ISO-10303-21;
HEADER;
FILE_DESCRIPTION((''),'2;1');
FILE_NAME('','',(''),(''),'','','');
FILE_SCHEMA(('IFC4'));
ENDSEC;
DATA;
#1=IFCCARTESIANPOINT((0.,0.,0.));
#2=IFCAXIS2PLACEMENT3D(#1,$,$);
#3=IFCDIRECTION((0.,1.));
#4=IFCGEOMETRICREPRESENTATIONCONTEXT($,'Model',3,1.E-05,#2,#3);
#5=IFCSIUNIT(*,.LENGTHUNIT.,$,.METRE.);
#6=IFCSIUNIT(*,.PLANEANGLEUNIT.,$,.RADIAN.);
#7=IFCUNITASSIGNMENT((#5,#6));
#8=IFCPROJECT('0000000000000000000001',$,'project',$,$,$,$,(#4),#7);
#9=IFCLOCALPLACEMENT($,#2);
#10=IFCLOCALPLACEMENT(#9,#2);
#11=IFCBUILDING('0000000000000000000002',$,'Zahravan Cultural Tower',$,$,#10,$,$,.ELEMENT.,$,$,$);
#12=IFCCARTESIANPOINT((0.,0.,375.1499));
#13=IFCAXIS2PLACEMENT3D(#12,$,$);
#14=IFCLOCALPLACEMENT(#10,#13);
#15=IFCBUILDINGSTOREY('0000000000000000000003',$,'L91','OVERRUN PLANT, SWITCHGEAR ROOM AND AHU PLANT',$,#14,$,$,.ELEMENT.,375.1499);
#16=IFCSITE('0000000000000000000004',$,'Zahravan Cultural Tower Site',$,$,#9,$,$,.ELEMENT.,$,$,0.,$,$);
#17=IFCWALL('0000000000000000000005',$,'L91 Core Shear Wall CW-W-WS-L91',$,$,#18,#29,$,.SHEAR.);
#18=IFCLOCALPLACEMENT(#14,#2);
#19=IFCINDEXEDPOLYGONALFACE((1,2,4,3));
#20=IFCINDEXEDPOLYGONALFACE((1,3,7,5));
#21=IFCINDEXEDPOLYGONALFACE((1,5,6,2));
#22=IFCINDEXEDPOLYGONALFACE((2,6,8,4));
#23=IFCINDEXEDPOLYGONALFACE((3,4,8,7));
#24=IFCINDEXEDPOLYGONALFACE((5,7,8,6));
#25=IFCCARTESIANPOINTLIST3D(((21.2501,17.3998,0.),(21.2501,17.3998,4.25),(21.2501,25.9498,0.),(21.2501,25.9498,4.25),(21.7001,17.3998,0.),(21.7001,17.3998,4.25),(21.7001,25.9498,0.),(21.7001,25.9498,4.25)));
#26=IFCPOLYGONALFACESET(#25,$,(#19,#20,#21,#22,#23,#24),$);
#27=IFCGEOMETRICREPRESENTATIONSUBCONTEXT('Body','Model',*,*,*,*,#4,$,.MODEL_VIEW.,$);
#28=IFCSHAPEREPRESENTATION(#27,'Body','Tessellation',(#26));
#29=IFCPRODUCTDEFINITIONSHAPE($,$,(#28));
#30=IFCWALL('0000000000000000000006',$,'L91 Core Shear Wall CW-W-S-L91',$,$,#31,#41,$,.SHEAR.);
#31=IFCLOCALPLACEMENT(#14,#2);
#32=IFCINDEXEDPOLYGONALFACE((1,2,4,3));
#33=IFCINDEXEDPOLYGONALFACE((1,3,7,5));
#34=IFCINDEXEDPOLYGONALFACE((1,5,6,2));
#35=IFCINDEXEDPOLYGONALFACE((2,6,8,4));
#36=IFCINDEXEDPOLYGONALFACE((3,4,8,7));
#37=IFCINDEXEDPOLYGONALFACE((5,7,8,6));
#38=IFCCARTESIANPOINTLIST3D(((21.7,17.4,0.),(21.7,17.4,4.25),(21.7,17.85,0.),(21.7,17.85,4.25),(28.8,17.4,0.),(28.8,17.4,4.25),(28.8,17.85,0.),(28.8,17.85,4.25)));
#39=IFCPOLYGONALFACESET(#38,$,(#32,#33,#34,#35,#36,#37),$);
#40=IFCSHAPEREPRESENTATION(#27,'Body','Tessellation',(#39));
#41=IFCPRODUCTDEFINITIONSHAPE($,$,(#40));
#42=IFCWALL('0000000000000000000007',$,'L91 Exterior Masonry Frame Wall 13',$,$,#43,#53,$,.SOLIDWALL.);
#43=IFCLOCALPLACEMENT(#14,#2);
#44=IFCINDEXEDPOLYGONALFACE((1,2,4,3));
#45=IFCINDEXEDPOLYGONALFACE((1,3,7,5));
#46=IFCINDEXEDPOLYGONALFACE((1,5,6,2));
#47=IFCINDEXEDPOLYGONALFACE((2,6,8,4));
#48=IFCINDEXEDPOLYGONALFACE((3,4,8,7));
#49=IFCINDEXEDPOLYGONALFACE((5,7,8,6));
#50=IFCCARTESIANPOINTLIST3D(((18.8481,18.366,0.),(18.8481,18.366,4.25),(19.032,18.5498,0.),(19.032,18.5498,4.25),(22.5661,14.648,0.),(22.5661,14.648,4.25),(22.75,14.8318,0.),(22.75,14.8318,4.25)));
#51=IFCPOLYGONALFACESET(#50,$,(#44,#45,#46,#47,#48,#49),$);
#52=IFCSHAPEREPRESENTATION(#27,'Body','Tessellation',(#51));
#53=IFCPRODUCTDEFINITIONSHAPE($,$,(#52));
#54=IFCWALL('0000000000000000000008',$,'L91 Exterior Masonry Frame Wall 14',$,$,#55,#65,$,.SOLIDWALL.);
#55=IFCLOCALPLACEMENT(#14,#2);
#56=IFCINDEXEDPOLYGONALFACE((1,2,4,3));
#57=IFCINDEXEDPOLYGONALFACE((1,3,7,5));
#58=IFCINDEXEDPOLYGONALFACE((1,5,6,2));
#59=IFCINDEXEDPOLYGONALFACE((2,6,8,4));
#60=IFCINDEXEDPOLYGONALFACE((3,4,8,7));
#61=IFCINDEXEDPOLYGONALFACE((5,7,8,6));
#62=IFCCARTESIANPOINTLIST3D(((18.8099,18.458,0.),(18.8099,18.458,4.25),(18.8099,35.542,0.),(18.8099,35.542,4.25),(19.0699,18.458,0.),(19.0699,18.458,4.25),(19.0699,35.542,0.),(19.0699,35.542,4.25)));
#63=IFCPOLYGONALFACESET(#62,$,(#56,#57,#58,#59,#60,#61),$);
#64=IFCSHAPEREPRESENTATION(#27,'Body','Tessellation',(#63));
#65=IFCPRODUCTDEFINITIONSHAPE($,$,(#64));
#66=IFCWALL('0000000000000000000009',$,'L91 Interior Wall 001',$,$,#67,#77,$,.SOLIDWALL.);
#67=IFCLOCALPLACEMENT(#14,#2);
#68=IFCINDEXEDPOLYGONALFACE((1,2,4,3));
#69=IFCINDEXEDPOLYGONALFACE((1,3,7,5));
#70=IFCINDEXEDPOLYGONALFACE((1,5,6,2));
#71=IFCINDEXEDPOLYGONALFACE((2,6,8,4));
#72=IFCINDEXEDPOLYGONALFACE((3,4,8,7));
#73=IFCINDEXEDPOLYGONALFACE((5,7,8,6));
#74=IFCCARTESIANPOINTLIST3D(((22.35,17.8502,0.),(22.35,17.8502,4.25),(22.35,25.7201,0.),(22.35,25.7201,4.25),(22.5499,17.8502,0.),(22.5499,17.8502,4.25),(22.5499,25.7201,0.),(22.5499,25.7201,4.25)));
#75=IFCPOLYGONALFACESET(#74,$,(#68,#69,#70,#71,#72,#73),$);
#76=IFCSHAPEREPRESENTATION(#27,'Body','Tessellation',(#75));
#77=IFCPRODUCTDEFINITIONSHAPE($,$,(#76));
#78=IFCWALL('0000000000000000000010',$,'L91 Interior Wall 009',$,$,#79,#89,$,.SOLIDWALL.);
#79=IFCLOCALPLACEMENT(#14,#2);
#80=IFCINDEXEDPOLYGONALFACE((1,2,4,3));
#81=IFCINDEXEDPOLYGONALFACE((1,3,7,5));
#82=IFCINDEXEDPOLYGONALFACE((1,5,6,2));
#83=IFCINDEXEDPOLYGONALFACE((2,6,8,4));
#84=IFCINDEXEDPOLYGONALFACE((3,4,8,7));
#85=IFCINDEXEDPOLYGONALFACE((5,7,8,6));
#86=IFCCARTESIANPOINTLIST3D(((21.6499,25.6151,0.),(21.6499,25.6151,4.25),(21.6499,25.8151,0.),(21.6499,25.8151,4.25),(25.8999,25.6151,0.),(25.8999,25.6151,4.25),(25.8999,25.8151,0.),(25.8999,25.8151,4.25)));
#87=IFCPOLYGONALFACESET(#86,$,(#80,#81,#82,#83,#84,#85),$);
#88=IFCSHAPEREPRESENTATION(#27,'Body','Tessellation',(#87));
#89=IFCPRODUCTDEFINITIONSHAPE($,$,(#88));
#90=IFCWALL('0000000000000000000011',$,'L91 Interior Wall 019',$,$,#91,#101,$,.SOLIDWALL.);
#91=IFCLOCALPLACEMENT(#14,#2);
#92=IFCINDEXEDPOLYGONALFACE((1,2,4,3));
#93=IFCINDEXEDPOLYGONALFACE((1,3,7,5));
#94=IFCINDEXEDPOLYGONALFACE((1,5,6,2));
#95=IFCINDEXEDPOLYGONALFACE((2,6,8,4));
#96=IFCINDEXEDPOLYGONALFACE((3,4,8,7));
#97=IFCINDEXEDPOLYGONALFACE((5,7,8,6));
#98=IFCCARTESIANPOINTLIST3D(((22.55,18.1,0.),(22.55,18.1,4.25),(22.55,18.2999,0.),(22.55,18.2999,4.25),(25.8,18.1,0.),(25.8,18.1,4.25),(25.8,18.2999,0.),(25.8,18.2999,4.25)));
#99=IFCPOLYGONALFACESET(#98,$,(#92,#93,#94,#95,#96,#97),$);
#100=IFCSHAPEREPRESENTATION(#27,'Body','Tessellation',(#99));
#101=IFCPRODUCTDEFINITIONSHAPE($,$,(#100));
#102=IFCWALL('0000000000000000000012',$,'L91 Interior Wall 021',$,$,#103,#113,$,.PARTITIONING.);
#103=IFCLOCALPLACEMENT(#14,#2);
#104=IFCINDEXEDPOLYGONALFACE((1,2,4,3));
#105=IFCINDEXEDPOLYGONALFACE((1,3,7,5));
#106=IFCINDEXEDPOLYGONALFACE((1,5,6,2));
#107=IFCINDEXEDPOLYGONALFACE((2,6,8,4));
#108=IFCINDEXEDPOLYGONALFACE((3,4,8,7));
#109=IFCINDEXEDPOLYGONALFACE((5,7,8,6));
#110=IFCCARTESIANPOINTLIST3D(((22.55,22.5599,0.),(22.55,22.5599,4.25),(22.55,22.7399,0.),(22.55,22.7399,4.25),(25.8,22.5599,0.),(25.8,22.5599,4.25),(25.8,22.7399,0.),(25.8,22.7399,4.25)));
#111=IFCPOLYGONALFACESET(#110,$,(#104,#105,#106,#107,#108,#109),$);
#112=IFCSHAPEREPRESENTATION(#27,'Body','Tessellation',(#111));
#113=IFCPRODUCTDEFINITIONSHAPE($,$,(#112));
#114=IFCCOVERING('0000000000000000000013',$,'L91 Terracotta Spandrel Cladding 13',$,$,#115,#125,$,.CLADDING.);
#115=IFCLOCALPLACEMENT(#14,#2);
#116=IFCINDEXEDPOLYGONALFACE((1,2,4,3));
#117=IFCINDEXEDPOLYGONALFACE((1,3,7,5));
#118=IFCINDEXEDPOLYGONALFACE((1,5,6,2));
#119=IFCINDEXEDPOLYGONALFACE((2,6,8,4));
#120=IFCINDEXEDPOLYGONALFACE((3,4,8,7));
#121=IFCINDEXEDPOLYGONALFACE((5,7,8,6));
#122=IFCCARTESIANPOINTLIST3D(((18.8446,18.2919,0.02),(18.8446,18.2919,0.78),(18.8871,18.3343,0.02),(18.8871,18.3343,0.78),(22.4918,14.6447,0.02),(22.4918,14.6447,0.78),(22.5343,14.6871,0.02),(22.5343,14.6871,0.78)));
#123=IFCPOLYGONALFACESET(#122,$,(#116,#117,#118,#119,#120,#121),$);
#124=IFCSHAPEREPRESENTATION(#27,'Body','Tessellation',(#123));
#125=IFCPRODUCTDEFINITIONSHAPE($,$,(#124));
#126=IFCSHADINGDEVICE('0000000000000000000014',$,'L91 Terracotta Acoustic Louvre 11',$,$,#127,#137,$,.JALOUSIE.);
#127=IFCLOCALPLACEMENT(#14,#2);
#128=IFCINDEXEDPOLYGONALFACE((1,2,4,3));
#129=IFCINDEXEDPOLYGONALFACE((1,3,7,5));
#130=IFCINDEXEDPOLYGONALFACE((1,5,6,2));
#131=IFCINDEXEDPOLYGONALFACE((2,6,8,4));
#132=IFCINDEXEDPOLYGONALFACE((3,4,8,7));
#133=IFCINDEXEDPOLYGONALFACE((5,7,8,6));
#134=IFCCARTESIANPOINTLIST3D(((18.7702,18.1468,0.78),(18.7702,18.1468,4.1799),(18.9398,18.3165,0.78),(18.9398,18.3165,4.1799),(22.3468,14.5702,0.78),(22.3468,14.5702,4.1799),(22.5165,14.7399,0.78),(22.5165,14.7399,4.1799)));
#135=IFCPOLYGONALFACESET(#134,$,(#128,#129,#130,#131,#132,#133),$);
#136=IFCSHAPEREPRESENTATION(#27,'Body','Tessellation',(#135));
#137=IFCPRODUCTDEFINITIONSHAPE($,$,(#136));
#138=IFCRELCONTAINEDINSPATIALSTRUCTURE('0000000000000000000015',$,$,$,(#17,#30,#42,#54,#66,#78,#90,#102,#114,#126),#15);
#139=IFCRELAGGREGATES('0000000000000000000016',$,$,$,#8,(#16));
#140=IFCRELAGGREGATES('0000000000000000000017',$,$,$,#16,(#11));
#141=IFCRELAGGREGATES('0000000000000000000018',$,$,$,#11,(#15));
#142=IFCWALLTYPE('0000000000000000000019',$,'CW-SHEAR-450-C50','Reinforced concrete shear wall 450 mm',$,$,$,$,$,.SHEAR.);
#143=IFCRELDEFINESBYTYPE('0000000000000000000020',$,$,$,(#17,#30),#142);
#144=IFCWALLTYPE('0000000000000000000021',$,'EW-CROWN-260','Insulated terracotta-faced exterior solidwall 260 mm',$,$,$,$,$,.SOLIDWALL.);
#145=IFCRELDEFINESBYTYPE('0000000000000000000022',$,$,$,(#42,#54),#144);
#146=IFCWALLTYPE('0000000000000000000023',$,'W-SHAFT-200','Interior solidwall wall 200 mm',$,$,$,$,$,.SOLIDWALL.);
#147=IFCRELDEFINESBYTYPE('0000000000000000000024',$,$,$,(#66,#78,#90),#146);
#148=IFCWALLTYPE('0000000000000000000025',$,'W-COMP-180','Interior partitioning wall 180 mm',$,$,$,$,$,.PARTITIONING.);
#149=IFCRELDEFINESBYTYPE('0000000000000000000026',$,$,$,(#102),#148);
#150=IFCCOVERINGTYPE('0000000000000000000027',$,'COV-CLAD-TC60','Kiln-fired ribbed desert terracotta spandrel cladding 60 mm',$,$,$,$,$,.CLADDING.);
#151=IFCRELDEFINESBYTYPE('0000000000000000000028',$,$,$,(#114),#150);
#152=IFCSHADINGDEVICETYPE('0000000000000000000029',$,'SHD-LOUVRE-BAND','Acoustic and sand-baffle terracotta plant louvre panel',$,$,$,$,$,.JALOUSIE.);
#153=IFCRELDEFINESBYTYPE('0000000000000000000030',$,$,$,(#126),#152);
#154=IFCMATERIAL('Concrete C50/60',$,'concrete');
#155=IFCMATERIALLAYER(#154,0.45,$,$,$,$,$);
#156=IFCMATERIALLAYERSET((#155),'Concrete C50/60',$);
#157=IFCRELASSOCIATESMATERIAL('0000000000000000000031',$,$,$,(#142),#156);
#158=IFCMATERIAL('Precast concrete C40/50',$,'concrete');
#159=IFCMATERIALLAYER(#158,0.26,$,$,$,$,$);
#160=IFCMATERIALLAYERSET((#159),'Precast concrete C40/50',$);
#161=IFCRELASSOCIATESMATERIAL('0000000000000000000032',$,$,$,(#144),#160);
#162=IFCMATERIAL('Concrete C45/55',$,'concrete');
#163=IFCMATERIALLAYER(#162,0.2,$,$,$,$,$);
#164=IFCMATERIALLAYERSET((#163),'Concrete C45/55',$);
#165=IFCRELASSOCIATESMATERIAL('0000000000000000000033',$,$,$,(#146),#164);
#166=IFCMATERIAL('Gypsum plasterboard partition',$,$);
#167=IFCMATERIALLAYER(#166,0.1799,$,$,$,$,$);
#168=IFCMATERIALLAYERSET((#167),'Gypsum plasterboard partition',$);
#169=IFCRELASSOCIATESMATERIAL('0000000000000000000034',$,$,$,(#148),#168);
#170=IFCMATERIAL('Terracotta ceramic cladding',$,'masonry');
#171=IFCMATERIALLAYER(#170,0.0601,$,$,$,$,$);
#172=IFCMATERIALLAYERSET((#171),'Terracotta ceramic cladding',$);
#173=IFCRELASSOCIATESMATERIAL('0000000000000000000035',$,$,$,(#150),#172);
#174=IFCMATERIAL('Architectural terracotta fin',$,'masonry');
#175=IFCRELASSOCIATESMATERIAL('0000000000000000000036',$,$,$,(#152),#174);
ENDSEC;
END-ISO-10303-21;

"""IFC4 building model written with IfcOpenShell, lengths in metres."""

from ifc_helpers import new_model, si_unit, direction, frame, frame_2d, origin, origin_2d, place, context, subcontext, project, spatial, rectangle, extrude, source, transform, mapped, material, layer, layer_set, type_object, element, save


model = new_model("IFC4")

# Units and contexts
model_context = context("Model", 3, precision=1e-05, world=origin(), true_north=direction((0.0, 1.0)))
body_context = subcontext(model_context, "Body", "Model", "MODEL_VIEW")
ifc_project = project(units=[si_unit("LENGTHUNIT", "METRE"), si_unit("PLANEANGLEUNIT", "RADIAN")], contexts=[model_context])

# Site, building, storey
site_placement = place(None, origin())
site = spatial("IfcSite", under=ifc_project, at=site_placement, Name="Zahravan Cultural Tower Site", CompositionType="ELEMENT", RefElevation=0.0)
building_placement = place(site_placement, origin())
building = spatial("IfcBuilding", under=site, at=building_placement, Name="Zahravan Cultural Tower", CompositionType="ELEMENT")
storey_placement = place(building_placement, frame((0.0, 0.0, 375.1499)))
storey = spatial("IfcBuildingStorey", under=building, at=storey_placement, Name="L91", Description="OVERRUN PLANT, SWITCHGEAR ROOM AND AHU PLANT", CompositionType="ELEMENT", Elevation=375.1499)

# Shared definitions
ifc_material_1 = material(Name="Concrete C45/55", Category="concrete")

# Shared definitions
ifc_material_2 = material(Name="Concrete C50/60", Category="concrete")

# Walls
ifc_layer_1 = layer(ifc_material_2, 0.45)
ifc_layer_set_1 = layer_set([ifc_layer_1], Name="Concrete C50/60")
wall_type_1 = type_object("IfcWallType", Name="CW-SHEAR-450-C50", Description="Reinforced concrete shear wall 450 mm", PredefinedType="SHEAR", material=ifc_layer_set_1)
shared_shape_1 = source(origin(), body_context, "Body", "SweptSolid", [
    extrude(rectangle(XDim=8.55, YDim=0.45, at=frame_2d((4.2749, 0.0))), origin(), (0.0, 0.0, 1.0), 4.25),
])
wall_1_placement = place(storey_placement, frame((21.4751, 17.3999, 0.0), z_axis=(0.0, 0.0, 1.0), x_axis=(0.0, 1.0, 0.0)))
element("IfcWall", 1, at=wall_1_placement, inside=storey, type_object=wall_type_1, Name="L91 Core Shear Wall CW-W-WS-L91", PredefinedType="SHEAR", context=body_context, shape_type="MappedRepresentation", body=[
    mapped(shared_shape_1, transform((0.0, 0.0, 0.0), x_axis=(1.0, 0.0, 0.0), y_axis=(0.0, 1.0, 0.0), z_axis=(0.0, 0.0, 1.0), scale=1.0)),
])
shared_shape_2 = source(origin(), body_context, "Body", "SweptSolid", [
    extrude(rectangle(XDim=7.1001, YDim=0.45, at=frame_2d((3.55, 0.0))), origin(), (0.0, 0.0, 1.0), 4.25),
])
wall_2_placement = place(storey_placement, frame((21.7, 17.625, 0.0), z_axis=(0.0, 0.0, 1.0), x_axis=(1.0, 0.0, 0.0)))
element("IfcWall", 2, at=wall_2_placement, inside=storey, type_object=wall_type_1, Name="L91 Core Shear Wall CW-W-S-L91", PredefinedType="SHEAR", context=body_context, shape_type="MappedRepresentation", body=[
    mapped(shared_shape_2, transform((0.0, 0.0, 0.0), x_axis=(1.0, 0.0, 0.0), y_axis=(0.0, 1.0, 0.0), z_axis=(0.0, 0.0, 1.0), scale=1.0)),
])
ifc_material_3 = material(Name="Precast concrete C40/50", Category="concrete")
ifc_layer_2 = layer(ifc_material_3, 0.26)
ifc_layer_set_2 = layer_set([ifc_layer_2], Name="Precast concrete C40/50")
wall_type_2 = type_object("IfcWallType", Name="EW-CROWN-260", Description="Insulated terracotta-faced exterior solidwall 260 mm", PredefinedType="SOLIDWALL", material=ifc_layer_set_2)
shared_shape_3 = source(origin(), body_context, "Body", "SweptSolid", [
    extrude(rectangle(XDim=5.2581, YDim=0.26, at=frame_2d((2.6289, 0.0))), origin(), (0.0, 0.0, 1.0), 4.25),
])
wall_3_placement = place(storey_placement, frame((22.658, 14.74, 0.0), z_axis=(0.0, 0.0, 1.0), x_axis=(-0.707107, 0.707107, 0.0)))
element("IfcWall", 3, at=wall_3_placement, inside=storey, type_object=wall_type_2, Name="L91 Exterior Masonry Frame Wall 13", PredefinedType="SOLIDWALL", context=body_context, shape_type="MappedRepresentation", body=[
    mapped(shared_shape_3, transform((0.0, 0.0, 0.0), x_axis=(1.0, 0.0, 0.0), y_axis=(0.0, 1.0, 0.0), z_axis=(0.0, 0.0, 1.0), scale=1.0)),
])
shared_shape_4 = source(origin(), body_context, "Body", "SweptSolid", [
    extrude(rectangle(XDim=17.084, YDim=0.26, at=frame_2d((8.542, 0.0))), origin(), (0.0, 0.0, 1.0), 4.25),
])
wall_4_placement = place(storey_placement, frame((18.9399, 18.458, 0.0), z_axis=(0.0, 0.0, 1.0), x_axis=(0.0, 1.0, 0.0)))
element("IfcWall", 4, at=wall_4_placement, inside=storey, type_object=wall_type_2, Name="L91 Exterior Masonry Frame Wall 14", PredefinedType="SOLIDWALL", context=body_context, shape_type="MappedRepresentation", body=[
    mapped(shared_shape_4, transform((0.0, 0.0, 0.0), x_axis=(1.0, 0.0, 0.0), y_axis=(0.0, 1.0, 0.0), z_axis=(0.0, 0.0, 1.0), scale=1.0)),
])
ifc_layer_3 = layer(ifc_material_1, 0.2)
ifc_layer_set_3 = layer_set([ifc_layer_3], Name="Concrete C45/55")
wall_type_3 = type_object("IfcWallType", Name="W-SHAFT-200", Description="Interior solidwall wall 200 mm", PredefinedType="SOLIDWALL", material=ifc_layer_set_3)
shared_shape_5 = source(origin(), body_context, "Body", "SweptSolid", [
    extrude(rectangle(XDim=7.8699, YDim=0.2, at=frame_2d((3.9351, 0.0))), origin(), (0.0, 0.0, 1.0), 4.25),
])
wall_5_placement = place(storey_placement, frame((22.45, 17.8501, 0.0), z_axis=(0.0, 0.0, 1.0), x_axis=(0.0, 1.0, 0.0)))
element("IfcWall", 5, at=wall_5_placement, inside=storey, type_object=wall_type_3, Name="L91 Interior Wall 001", PredefinedType="SOLIDWALL", context=body_context, shape_type="MappedRepresentation", body=[
    mapped(shared_shape_5, transform((0.0, 0.0, 0.0), x_axis=(1.0, 0.0, 0.0), y_axis=(0.0, 1.0, 0.0), z_axis=(0.0, 0.0, 1.0), scale=1.0)),
])
shared_shape_6 = source(origin(), body_context, "Body", "SweptSolid", [
    extrude(rectangle(XDim=4.25, YDim=0.2, at=frame_2d((2.125, 0.0))), origin(), (0.0, 0.0, 1.0), 4.25),
])
wall_6_placement = place(storey_placement, frame((21.6499, 25.7151, 0.0), z_axis=(0.0, 0.0, 1.0), x_axis=(1.0, 0.0, 0.0)))
element("IfcWall", 6, at=wall_6_placement, inside=storey, type_object=wall_type_3, Name="L91 Interior Wall 009", PredefinedType="SOLIDWALL", context=body_context, shape_type="MappedRepresentation", body=[
    mapped(shared_shape_6, transform((0.0, 0.0, 0.0), x_axis=(1.0, 0.0, 0.0), y_axis=(0.0, 1.0, 0.0), z_axis=(0.0, 0.0, 1.0), scale=1.0)),
])
shared_shape_7 = source(origin(), body_context, "Body", "SweptSolid", [
    extrude(rectangle(XDim=3.25, YDim=0.2, at=frame_2d((1.625, 0.0))), origin(), (0.0, 0.0, 1.0), 4.25),
])
wall_7_placement = place(storey_placement, frame((22.55, 18.2, 0.0), z_axis=(0.0, 0.0, 1.0), x_axis=(1.0, 0.0, 0.0)))
element("IfcWall", 7, at=wall_7_placement, inside=storey, type_object=wall_type_3, Name="L91 Interior Wall 019", PredefinedType="SOLIDWALL", context=body_context, shape_type="MappedRepresentation", body=[
    mapped(shared_shape_7, transform((0.0, 0.0, 0.0), x_axis=(1.0, 0.0, 0.0), y_axis=(0.0, 1.0, 0.0), z_axis=(0.0, 0.0, 1.0), scale=1.0)),
])
ifc_material_4 = material(Name="Gypsum plasterboard partition")
ifc_layer_4 = layer(ifc_material_4, 0.1799)
ifc_layer_set_4 = layer_set([ifc_layer_4], Name="Gypsum plasterboard partition")
wall_type_4 = type_object("IfcWallType", Name="W-COMP-180", Description="Interior partitioning wall 180 mm", PredefinedType="PARTITIONING", material=ifc_layer_set_4)
shared_shape_8 = source(origin(), body_context, "Body", "SweptSolid", [
    extrude(rectangle(XDim=3.25, YDim=0.1799, at=frame_2d((1.625, 0.0))), origin(), (0.0, 0.0, 1.0), 4.25),
])
wall_8_placement = place(storey_placement, frame((22.55, 22.6499, 0.0), z_axis=(0.0, 0.0, 1.0), x_axis=(1.0, 0.0, 0.0)))
element("IfcWall", 8, at=wall_8_placement, inside=storey, type_object=wall_type_4, Name="L91 Interior Wall 021", PredefinedType="PARTITIONING", context=body_context, shape_type="MappedRepresentation", body=[
    mapped(shared_shape_8, transform((0.0, 0.0, 0.0), x_axis=(1.0, 0.0, 0.0), y_axis=(0.0, 1.0, 0.0), z_axis=(0.0, 0.0, 1.0), scale=1.0)),
])

# Covering
ifc_material_5 = material(Name="Terracotta ceramic cladding", Category="masonry")
ifc_layer_5 = layer(ifc_material_5, 0.0601)
ifc_layer_set_5 = layer_set([ifc_layer_5], Name="Terracotta ceramic cladding")
covering_type = type_object("IfcCoveringType", Name="COV-CLAD-TC60", Description="Kiln-fired ribbed desert terracotta spandrel cladding 60 mm", PredefinedType="CLADDING", material=ifc_layer_set_5)
shared_shape_9 = source(origin(), body_context, "Body", "SweptSolid", [
    extrude(rectangle(XDim=5.158, YDim=0.0601, at=origin_2d()), origin(), (0.0, 0.0, 1.0), 0.76),
])
covering_placement = place(storey_placement, frame((20.6895, 16.4895, 0.02), z_axis=(0.0, 0.0, 1.0), x_axis=(-0.707107, 0.707107, 0.0)))
element("IfcCovering", 9, at=covering_placement, inside=storey, type_object=covering_type, Name="L91 Terracotta Spandrel Cladding 13", PredefinedType="CLADDING", context=body_context, shape_type="MappedRepresentation", body=[
    mapped(shared_shape_9, transform((0.0, 0.0, 0.0), x_axis=(1.0, 0.0, 0.0), y_axis=(0.0, 1.0, 0.0), z_axis=(0.0, 0.0, 1.0), scale=1.0)),
])

# Shading device
ifc_material_6 = material(Name="Architectural terracotta fin", Category="masonry")
shading_device_type = type_object("IfcShadingDeviceType", Name="SHD-LOUVRE-BAND", Description="Acoustic and sand-baffle terracotta plant louvre panel", PredefinedType="JALOUSIE", material=ifc_material_6)
shared_shape_10 = source(origin(), body_context, "Body", "SweptSolid", [
    extrude(rectangle(XDim=5.0581, YDim=0.24, at=origin_2d()), origin(), (0.0, 0.0, 1.0), 3.3999),
])
shading_device_placement = place(storey_placement, frame((20.6433, 16.4434, 0.78), z_axis=(0.0, 0.0, 1.0), x_axis=(-0.707107, 0.707107, 0.0)))
element("IfcShadingDevice", 10, at=shading_device_placement, inside=storey, type_object=shading_device_type, Name="L91 Terracotta Acoustic Louvre 11", PredefinedType="JALOUSIE", context=body_context, shape_type="MappedRepresentation", body=[
    mapped(shared_shape_10, transform((0.0, 0.0, 0.0), x_axis=(1.0, 0.0, 0.0), y_axis=(0.0, 1.0, 0.0), z_axis=(0.0, 0.0, 1.0), scale=1.0)),
])

save(model, "model.ifc")
